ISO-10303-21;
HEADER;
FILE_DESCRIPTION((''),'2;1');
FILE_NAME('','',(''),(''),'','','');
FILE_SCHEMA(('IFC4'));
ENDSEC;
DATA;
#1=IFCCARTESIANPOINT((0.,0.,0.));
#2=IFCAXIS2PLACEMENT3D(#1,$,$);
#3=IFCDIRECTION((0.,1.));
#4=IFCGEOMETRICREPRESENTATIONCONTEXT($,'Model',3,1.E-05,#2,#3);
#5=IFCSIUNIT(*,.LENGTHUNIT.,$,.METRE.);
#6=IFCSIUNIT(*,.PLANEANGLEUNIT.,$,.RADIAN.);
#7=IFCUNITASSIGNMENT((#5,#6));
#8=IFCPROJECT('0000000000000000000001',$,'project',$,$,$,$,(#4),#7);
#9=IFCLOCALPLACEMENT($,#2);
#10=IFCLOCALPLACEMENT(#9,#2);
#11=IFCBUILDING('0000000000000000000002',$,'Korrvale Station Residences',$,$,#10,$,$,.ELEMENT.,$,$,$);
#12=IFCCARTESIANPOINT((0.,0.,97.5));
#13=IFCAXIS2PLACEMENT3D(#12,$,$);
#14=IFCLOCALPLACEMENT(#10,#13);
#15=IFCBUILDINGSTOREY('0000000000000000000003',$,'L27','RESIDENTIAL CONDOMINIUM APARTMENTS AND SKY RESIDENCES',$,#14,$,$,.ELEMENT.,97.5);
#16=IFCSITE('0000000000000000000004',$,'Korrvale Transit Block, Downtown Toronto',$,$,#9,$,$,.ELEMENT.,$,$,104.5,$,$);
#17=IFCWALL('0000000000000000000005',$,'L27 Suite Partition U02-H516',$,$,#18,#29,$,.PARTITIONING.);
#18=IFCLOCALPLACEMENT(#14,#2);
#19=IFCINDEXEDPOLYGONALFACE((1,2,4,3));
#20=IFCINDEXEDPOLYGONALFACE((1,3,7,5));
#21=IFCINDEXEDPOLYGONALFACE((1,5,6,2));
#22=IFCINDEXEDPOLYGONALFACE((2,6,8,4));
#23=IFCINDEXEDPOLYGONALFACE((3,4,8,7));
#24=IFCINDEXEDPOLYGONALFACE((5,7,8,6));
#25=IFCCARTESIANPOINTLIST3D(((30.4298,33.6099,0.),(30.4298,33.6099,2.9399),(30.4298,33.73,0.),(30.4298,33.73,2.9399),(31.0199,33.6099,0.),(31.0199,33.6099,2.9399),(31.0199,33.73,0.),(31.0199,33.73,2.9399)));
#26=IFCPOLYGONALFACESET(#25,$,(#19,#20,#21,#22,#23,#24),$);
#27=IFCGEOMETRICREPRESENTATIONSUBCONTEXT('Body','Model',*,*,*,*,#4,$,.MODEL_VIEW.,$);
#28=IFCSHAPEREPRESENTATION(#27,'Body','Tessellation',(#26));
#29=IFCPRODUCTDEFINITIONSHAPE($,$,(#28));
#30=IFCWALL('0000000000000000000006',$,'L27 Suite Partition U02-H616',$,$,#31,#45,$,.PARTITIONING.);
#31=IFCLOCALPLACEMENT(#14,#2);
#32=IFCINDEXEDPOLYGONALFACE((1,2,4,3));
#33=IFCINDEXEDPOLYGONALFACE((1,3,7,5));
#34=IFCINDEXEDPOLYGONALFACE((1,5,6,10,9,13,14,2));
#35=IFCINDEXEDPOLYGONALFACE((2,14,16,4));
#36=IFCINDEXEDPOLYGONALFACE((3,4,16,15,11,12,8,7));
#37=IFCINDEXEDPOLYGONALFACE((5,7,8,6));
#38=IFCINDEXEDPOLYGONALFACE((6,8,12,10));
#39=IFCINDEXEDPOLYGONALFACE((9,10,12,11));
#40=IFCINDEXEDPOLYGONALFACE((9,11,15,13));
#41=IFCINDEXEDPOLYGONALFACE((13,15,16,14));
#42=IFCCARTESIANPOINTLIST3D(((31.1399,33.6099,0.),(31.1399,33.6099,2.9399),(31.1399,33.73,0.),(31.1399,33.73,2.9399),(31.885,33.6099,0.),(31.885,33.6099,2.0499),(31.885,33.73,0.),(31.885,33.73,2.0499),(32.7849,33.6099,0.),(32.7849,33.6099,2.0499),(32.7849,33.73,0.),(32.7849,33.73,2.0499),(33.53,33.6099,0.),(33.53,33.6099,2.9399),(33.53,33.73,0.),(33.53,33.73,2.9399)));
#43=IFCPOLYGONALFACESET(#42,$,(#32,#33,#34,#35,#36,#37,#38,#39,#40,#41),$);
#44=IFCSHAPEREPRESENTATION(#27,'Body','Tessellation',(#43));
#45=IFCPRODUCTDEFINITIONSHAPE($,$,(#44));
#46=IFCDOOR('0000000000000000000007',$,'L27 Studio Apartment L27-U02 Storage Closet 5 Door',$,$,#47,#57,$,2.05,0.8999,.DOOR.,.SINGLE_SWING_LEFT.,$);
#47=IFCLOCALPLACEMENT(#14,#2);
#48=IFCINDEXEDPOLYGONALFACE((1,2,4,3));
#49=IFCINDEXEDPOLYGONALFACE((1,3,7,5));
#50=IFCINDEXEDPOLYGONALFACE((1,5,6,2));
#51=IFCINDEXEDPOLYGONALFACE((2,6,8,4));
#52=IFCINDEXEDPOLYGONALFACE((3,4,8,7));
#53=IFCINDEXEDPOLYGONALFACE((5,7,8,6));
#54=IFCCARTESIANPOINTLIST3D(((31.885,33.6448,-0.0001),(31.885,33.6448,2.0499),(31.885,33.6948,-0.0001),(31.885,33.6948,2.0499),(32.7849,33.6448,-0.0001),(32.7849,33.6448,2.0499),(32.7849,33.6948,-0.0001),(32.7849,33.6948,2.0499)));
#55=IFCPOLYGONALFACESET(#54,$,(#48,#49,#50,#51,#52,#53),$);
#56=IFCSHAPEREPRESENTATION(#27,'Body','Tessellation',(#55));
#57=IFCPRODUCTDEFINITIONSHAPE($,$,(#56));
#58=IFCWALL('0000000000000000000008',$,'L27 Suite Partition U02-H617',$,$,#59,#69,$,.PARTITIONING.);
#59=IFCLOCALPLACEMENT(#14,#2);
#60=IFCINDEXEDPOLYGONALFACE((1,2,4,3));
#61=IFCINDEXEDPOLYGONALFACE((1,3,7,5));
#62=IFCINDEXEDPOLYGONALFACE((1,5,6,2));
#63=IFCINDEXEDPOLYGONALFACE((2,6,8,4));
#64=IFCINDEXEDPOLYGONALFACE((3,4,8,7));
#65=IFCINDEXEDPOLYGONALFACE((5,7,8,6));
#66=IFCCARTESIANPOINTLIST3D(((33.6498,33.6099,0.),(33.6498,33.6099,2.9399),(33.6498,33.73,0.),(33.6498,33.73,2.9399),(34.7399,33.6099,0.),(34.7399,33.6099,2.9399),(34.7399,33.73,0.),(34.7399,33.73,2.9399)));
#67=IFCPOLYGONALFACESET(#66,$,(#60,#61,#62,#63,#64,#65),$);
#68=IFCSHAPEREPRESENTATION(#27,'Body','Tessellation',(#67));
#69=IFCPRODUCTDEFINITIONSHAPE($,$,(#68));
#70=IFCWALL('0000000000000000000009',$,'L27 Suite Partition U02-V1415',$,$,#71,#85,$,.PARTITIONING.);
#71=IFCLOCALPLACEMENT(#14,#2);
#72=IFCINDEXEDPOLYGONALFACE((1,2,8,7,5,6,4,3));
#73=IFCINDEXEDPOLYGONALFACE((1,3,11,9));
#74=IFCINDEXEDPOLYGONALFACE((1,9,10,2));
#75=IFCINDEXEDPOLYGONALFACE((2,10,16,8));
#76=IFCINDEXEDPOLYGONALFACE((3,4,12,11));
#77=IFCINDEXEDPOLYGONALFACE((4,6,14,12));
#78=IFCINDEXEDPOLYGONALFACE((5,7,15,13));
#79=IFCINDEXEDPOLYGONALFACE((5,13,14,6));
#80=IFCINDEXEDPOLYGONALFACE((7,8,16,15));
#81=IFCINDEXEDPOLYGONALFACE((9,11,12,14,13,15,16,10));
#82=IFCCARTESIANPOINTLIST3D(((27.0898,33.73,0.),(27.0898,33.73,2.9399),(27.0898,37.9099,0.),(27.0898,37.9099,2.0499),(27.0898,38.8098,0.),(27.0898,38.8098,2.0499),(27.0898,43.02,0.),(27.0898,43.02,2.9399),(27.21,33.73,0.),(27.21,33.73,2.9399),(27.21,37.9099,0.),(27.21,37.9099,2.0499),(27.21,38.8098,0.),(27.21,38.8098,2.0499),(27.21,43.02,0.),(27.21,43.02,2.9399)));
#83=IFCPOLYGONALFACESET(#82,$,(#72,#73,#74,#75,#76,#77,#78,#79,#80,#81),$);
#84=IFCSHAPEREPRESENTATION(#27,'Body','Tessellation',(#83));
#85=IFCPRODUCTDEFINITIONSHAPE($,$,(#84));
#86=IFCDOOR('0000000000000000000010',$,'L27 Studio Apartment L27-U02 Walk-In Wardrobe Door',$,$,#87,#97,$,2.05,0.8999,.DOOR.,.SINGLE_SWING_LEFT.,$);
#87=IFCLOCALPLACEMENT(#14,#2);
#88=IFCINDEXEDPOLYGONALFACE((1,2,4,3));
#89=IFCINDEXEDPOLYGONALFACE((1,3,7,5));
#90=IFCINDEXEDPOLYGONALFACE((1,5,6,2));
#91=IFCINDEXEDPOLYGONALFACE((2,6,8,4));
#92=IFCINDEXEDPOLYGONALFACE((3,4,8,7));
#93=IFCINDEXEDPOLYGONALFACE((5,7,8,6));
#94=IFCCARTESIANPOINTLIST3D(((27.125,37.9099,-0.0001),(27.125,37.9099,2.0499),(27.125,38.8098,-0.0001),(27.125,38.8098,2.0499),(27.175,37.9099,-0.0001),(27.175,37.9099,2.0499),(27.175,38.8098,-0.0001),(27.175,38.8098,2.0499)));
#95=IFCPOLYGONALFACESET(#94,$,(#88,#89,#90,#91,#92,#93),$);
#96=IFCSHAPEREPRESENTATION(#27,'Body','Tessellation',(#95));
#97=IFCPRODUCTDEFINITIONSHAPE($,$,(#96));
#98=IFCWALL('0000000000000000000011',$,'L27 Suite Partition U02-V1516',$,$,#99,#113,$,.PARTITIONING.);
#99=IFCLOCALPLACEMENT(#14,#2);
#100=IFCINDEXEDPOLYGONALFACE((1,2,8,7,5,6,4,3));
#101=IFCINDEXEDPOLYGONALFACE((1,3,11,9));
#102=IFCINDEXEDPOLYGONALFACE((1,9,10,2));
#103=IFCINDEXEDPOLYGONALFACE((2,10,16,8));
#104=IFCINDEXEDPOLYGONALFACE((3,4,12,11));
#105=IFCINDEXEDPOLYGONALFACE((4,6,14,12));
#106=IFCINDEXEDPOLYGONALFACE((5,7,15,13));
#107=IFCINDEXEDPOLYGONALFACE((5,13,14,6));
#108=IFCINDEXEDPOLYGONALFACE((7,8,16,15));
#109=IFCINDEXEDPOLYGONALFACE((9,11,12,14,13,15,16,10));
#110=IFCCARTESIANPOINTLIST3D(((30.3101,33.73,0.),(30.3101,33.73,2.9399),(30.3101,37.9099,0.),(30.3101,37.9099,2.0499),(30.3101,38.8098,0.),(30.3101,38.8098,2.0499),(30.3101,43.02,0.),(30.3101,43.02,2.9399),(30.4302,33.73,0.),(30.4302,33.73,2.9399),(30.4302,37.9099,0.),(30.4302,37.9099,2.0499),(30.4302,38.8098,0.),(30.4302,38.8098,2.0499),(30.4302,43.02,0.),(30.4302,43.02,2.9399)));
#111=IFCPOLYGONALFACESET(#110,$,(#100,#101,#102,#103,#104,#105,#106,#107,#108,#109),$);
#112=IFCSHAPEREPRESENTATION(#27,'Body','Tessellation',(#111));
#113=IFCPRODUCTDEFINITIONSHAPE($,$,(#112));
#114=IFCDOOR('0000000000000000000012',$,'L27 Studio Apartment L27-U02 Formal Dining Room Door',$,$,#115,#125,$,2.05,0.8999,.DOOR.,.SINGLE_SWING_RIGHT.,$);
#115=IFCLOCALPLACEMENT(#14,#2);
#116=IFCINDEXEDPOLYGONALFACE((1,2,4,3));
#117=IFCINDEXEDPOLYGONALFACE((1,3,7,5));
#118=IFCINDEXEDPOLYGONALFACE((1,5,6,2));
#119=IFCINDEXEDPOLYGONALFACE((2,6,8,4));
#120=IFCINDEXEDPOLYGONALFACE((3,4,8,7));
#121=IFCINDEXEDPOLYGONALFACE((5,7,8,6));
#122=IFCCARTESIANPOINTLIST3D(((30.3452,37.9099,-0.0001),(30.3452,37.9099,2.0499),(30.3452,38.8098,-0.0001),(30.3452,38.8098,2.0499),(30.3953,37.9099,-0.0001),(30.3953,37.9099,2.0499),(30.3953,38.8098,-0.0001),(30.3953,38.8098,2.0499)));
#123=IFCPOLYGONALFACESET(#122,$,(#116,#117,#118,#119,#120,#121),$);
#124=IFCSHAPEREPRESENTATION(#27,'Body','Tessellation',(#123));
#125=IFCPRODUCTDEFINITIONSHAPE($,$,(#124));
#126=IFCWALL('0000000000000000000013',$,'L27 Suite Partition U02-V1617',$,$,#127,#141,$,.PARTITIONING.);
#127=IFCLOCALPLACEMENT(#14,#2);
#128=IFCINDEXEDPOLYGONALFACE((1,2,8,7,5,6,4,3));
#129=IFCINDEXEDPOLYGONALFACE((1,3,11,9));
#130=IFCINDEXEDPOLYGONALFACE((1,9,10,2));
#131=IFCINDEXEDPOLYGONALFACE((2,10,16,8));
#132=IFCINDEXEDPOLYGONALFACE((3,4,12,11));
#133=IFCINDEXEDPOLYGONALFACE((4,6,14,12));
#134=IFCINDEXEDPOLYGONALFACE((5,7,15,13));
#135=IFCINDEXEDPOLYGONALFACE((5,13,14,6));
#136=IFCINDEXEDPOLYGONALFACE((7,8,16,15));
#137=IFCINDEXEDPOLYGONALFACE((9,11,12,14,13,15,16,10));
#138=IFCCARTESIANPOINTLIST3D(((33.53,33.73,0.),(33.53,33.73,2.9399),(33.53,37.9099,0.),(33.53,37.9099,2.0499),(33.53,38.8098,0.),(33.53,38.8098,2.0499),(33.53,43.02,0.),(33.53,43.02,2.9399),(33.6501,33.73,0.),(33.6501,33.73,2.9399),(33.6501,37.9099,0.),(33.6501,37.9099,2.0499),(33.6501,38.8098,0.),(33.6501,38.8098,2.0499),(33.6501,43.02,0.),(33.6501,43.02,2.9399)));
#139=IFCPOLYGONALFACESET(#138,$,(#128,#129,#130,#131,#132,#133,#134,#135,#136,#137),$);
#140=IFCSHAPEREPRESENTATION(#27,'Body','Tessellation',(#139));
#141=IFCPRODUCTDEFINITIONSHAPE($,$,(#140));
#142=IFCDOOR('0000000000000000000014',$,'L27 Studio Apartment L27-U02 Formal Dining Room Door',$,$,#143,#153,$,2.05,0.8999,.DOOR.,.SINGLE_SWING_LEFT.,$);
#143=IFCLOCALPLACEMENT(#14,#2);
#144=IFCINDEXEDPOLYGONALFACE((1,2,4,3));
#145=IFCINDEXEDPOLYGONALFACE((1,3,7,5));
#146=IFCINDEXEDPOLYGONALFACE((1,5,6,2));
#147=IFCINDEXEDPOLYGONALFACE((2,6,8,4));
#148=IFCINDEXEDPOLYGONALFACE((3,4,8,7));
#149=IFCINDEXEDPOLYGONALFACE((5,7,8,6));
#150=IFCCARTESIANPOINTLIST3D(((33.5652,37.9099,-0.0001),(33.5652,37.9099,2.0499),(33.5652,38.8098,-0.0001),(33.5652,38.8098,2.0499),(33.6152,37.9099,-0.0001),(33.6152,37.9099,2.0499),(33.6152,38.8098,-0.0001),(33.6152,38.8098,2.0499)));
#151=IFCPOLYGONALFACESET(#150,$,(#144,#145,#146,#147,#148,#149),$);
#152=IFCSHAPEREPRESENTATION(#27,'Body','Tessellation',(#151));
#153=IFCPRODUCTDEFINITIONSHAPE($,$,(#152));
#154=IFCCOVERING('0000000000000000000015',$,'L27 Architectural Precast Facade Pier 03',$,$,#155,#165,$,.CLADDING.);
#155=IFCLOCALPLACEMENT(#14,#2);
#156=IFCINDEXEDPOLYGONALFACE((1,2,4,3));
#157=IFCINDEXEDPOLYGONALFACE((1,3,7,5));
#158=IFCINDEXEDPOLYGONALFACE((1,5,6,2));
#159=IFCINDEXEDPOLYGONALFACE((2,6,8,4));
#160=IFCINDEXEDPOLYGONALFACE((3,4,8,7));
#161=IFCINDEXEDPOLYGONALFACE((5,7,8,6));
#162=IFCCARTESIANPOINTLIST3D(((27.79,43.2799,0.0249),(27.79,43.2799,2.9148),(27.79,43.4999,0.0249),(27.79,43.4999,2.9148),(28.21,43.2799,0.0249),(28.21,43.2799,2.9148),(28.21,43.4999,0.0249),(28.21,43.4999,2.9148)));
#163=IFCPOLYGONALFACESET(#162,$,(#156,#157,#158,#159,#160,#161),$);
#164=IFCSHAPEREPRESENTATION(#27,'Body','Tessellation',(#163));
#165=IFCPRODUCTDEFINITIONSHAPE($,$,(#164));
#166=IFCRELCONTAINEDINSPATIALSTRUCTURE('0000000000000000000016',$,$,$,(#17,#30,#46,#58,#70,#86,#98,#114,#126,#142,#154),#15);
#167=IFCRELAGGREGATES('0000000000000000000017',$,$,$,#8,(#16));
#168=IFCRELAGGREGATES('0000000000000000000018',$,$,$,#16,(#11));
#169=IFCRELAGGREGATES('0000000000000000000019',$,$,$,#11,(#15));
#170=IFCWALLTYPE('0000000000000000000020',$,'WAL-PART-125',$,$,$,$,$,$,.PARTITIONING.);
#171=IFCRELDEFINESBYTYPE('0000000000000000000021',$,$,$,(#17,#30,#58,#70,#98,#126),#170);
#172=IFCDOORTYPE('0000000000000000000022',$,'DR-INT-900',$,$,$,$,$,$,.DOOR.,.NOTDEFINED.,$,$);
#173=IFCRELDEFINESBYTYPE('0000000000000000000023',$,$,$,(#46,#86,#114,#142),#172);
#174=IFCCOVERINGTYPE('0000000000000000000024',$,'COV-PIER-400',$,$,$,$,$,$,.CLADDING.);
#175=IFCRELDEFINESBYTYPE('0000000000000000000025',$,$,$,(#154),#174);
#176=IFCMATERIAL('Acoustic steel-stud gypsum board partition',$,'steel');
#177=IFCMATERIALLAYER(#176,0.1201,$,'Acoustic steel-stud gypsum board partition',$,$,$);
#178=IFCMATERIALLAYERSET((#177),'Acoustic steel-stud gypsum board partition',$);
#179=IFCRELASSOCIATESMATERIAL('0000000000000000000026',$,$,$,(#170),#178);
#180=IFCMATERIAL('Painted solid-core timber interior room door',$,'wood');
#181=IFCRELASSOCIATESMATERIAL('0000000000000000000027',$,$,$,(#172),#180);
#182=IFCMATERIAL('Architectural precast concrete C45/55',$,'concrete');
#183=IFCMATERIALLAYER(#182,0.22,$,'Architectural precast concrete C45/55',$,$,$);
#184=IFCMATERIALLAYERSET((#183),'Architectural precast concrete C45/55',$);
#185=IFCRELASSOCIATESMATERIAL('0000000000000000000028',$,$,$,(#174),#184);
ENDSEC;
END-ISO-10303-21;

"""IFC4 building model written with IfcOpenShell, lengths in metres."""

from ifc_helpers import new_model, si_unit, direction, frame, frame_2d, origin, origin_2d, place, context, subcontext, project, spatial, rectangle, extrude, material, layer, layer_set, type_object, element, fill, save


model = new_model("IFC4")

# Units and contexts
model_context = context("Model", 3, precision=1e-05, world=origin(), true_north=direction((0.0, 1.0)))
body_context = subcontext(model_context, "Body", "Model", "MODEL_VIEW")
ifc_project = project(units=[si_unit("LENGTHUNIT", "METRE"), si_unit("PLANEANGLEUNIT", "RADIAN")], contexts=[model_context])

# Site, building, storey
site_placement = place(None, origin())
site = spatial("IfcSite", under=ifc_project, at=site_placement, Name="Korrvale Transit Block, Downtown Toronto", CompositionType="ELEMENT", RefElevation=104.5)
building_placement = place(site_placement, origin())
building = spatial("IfcBuilding", under=site, at=building_placement, Name="Korrvale Station Residences", CompositionType="ELEMENT")
storey_placement = place(building_placement, frame((0.0, 0.0, 97.5)))
storey = spatial("IfcBuildingStorey", under=building, at=storey_placement, Name="L27", Description="RESIDENTIAL CONDOMINIUM APARTMENTS AND SKY RESIDENCES", CompositionType="ELEMENT", Elevation=97.5)

# Shared definitions
ifc_material_1 = material(Name="Acoustic steel-stud gypsum board partition", Category="steel")
ifc_layer_1 = layer(ifc_material_1, 0.1201, Name="Acoustic steel-stud gypsum board partition")
ifc_layer_set_1 = layer_set([ifc_layer_1], Name="Acoustic steel-stud gypsum board partition")
wall_type_1 = type_object("IfcWallType", Name="WAL-PART-125", PredefinedType="PARTITIONING", material=ifc_layer_set_1)

# Shared definitions
ifc_material_2 = material(Name="Painted solid-core timber interior room door", Category="wood")
door_type_1 = type_object("IfcDoorType", Name="DR-INT-900", OperationType="NOTDEFINED", PredefinedType="DOOR", material=ifc_material_2)

# Wall
wall_1_placement = place(storey_placement, frame((30.4299, 33.6699, 0.0), z_axis=(0.0, 0.0, 1.0), x_axis=(1.0, 0.0, 0.0)))
element("IfcWall", 1, at=wall_1_placement, inside=storey, type_object=wall_type_1, Name="L27 Suite Partition U02-H516", PredefinedType="PARTITIONING", context=body_context, shape_type="SweptSolid", body=[
    extrude(rectangle(XDim=0.5901, YDim=0.1201, at=frame_2d((0.2949, 0.0))), origin(), (0.0, 0.0, 1.0), 2.9399),
])

# Wall, opening, door
wall_2_placement = place(storey_placement, frame((31.1399, 33.6699, 0.0), z_axis=(0.0, 0.0, 1.0), x_axis=(1.0, 0.0, 0.0)))
wall_2 = element("IfcWall", 2, at=wall_2_placement, inside=storey, type_object=wall_type_1, Name="L27 Suite Partition U02-H616", PredefinedType="PARTITIONING", context=body_context, shape_type="SweptSolid", body=[
    extrude(rectangle(XDim=2.3901, YDim=0.1201, at=frame_2d((1.1951, 0.0))), origin(), (0.0, 0.0, 1.0), 2.9399),
])
opening_1_placement = place(wall_2_placement, frame((0.7451, 0.0, 0.0)))
opening_1 = element("IfcOpeningElement", 3, at=opening_1_placement, cuts=wall_2, PredefinedType="OPENING", context=body_context, shape_type="SweptSolid", body=[
    extrude(rectangle(XDim=0.8999, YDim=2.05, at=frame_2d((0.45, 1.0249))), frame((0.0, 0.0701, 0.0), z_axis=(0.0, -1.0, 0.0), x_axis=(1.0, 0.0, 0.0)), (0.0, 0.0, 1.0), 0.1401),
])
door_1_placement = place(opening_1_placement, origin())
door_1 = element("IfcDoor", 4, at=door_1_placement, inside=storey, type_object=door_type_1, Name="L27 Studio Apartment L27-U02 Storage Closet 5 Door", OperationType="SINGLE_SWING_LEFT", OverallHeight=2.05, OverallWidth=0.8999, PredefinedType="DOOR", context=body_context, shape_type="SweptSolid", body=[
    extrude(rectangle(XDim=0.8999, YDim=2.05, at=frame_2d((0.45, 1.0249))), frame((0.0, 0.0249, 0.0), z_axis=(0.0, -1.0, 0.0), x_axis=(1.0, 0.0, 0.0)), (0.0, 0.0, 1.0), 0.05),
])
fill(opening_1, door_1)

# Wall
wall_3_placement = place(storey_placement, frame((33.6499, 33.6699, 0.0), z_axis=(0.0, 0.0, 1.0), x_axis=(1.0, 0.0, 0.0)))
element("IfcWall", 5, at=wall_3_placement, inside=storey, type_object=wall_type_1, Name="L27 Suite Partition U02-H617", PredefinedType="PARTITIONING", context=body_context, shape_type="SweptSolid", body=[
    extrude(rectangle(XDim=1.0901, YDim=0.1201, at=frame_2d((0.5449, 0.0))), origin(), (0.0, 0.0, 1.0), 2.9399),
])

# Walls, openings, doors
wall_4_placement = place(storey_placement, frame((27.1499, 33.73, 0.0), z_axis=(0.0, 0.0, 1.0), x_axis=(0.0, 1.0, 0.0)))
wall_4 = element("IfcWall", 6, at=wall_4_placement, inside=storey, type_object=wall_type_1, Name="L27 Suite Partition U02-V1415", PredefinedType="PARTITIONING", context=body_context, shape_type="SweptSolid", body=[
    extrude(rectangle(XDim=9.29, YDim=0.1201, at=frame_2d((4.645, 0.0))), origin(), (0.0, 0.0, 1.0), 2.9399),
])
opening_2_placement = place(wall_4_placement, frame((4.1799, 0.0, 0.0)))
opening_2 = element("IfcOpeningElement", 7, at=opening_2_placement, cuts=wall_4, PredefinedType="OPENING", context=body_context, shape_type="SweptSolid", body=[
    extrude(rectangle(XDim=0.8999, YDim=2.05, at=frame_2d((0.45, 1.0249))), frame((0.0, 0.0701, 0.0), z_axis=(0.0, -1.0, 0.0), x_axis=(1.0, 0.0, 0.0)), (0.0, 0.0, 1.0), 0.1401),
])
door_2_placement = place(opening_2_placement, origin())
door_2 = element("IfcDoor", 8, at=door_2_placement, inside=storey, type_object=door_type_1, Name="L27 Studio Apartment L27-U02 Walk-In Wardrobe Door", OperationType="SINGLE_SWING_LEFT", OverallHeight=2.05, OverallWidth=0.8999, PredefinedType="DOOR", context=body_context, shape_type="SweptSolid", body=[
    extrude(rectangle(XDim=0.8999, YDim=2.05, at=frame_2d((0.45, 1.0249))), frame((0.0, 0.0249, 0.0), z_axis=(0.0, -1.0, 0.0), x_axis=(1.0, 0.0, 0.0)), (0.0, 0.0, 1.0), 0.05),
])
fill(opening_2, door_2)
wall_5_placement = place(storey_placement, frame((30.3701, 33.73, 0.0), z_axis=(0.0, 0.0, 1.0), x_axis=(0.0, 1.0, 0.0)))
wall_5 = element("IfcWall", 9, at=wall_5_placement, inside=storey, type_object=wall_type_1, Name="L27 Suite Partition U02-V1516", PredefinedType="PARTITIONING", context=body_context, shape_type="SweptSolid", body=[
    extrude(rectangle(XDim=9.29, YDim=0.1201, at=frame_2d((4.645, 0.0))), origin(), (0.0, 0.0, 1.0), 2.9399),
])
opening_3_placement = place(wall_5_placement, frame((4.1799, 0.0, 0.0)))
opening_3 = element("IfcOpeningElement", 10, at=opening_3_placement, cuts=wall_5, PredefinedType="OPENING", context=body_context, shape_type="SweptSolid", body=[
    extrude(rectangle(XDim=0.8999, YDim=2.05, at=frame_2d((0.45, 1.0249))), frame((0.0, 0.0701, 0.0), z_axis=(0.0, -1.0, 0.0), x_axis=(1.0, 0.0, 0.0)), (0.0, 0.0, 1.0), 0.1401),
])
door_3_placement = place(opening_3_placement, origin())
door_3 = element("IfcDoor", 11, at=door_3_placement, inside=storey, type_object=door_type_1, Name="L27 Studio Apartment L27-U02 Formal Dining Room Door", OperationType="SINGLE_SWING_RIGHT", OverallHeight=2.05, OverallWidth=0.8999, PredefinedType="DOOR", context=body_context, shape_type="SweptSolid", body=[
    extrude(rectangle(XDim=0.8999, YDim=2.05, at=frame_2d((0.45, 1.0249))), frame((0.0, 0.0249, 0.0), z_axis=(0.0, -1.0, 0.0), x_axis=(1.0, 0.0, 0.0)), (0.0, 0.0, 1.0), 0.05),
])
fill(opening_3, door_3)
wall_6_placement = place(storey_placement, frame((33.5901, 33.73, 0.0), z_axis=(0.0, 0.0, 1.0), x_axis=(0.0, 1.0, 0.0)))
wall_6 = element("IfcWall", 12, at=wall_6_placement, inside=storey, type_object=wall_type_1, Name="L27 Suite Partition U02-V1617", PredefinedType="PARTITIONING", context=body_context, shape_type="SweptSolid", body=[
    extrude(rectangle(XDim=9.29, YDim=0.1201, at=frame_2d((4.645, 0.0))), origin(), (0.0, 0.0, 1.0), 2.9399),
])
opening_4_placement = place(wall_6_placement, frame((4.1799, 0.0, 0.0)))
opening_4 = element("IfcOpeningElement", 13, at=opening_4_placement, cuts=wall_6, PredefinedType="OPENING", context=body_context, shape_type="SweptSolid", body=[
    extrude(rectangle(XDim=0.8999, YDim=2.05, at=frame_2d((0.45, 1.0249))), frame((0.0, 0.0701, 0.0), z_axis=(0.0, -1.0, 0.0), x_axis=(1.0, 0.0, 0.0)), (0.0, 0.0, 1.0), 0.1401),
])
door_4_placement = place(opening_4_placement, origin())
door_4 = element("IfcDoor", 14, at=door_4_placement, inside=storey, type_object=door_type_1, Name="L27 Studio Apartment L27-U02 Formal Dining Room Door", OperationType="SINGLE_SWING_LEFT", OverallHeight=2.05, OverallWidth=0.8999, PredefinedType="DOOR", context=body_context, shape_type="SweptSolid", body=[
    extrude(rectangle(XDim=0.8999, YDim=2.05, at=frame_2d((0.45, 1.0249))), frame((0.0, 0.0249, 0.0), z_axis=(0.0, -1.0, 0.0), x_axis=(1.0, 0.0, 0.0)), (0.0, 0.0, 1.0), 0.05),
])
fill(opening_4, door_4)

# Covering
ifc_material_3 = material(Name="Architectural precast concrete C45/55", Category="concrete")
ifc_layer_2 = layer(ifc_material_3, 0.22, Name="Architectural precast concrete C45/55")
ifc_layer_set_2 = layer_set([ifc_layer_2], Name="Architectural precast concrete C45/55")
covering_type = type_object("IfcCoveringType", Name="COV-PIER-400", PredefinedType="CLADDING", material=ifc_layer_set_2)
covering_placement = place(storey_placement, frame((28.0, 43.3899, 0.0249), z_axis=(0.0, 0.0, 1.0), x_axis=(1.0, 0.0, 0.0)))
element("IfcCovering", 15, at=covering_placement, inside=storey, type_object=covering_type, Name="L27 Architectural Precast Facade Pier 03", PredefinedType="CLADDING", context=body_context, shape_type="SweptSolid", body=[
    extrude(rectangle(XDim=0.4199, YDim=0.22, at=origin_2d()), origin(), (0.0, 0.0, 1.0), 2.8899),
])

save(model, "model.ifc")
